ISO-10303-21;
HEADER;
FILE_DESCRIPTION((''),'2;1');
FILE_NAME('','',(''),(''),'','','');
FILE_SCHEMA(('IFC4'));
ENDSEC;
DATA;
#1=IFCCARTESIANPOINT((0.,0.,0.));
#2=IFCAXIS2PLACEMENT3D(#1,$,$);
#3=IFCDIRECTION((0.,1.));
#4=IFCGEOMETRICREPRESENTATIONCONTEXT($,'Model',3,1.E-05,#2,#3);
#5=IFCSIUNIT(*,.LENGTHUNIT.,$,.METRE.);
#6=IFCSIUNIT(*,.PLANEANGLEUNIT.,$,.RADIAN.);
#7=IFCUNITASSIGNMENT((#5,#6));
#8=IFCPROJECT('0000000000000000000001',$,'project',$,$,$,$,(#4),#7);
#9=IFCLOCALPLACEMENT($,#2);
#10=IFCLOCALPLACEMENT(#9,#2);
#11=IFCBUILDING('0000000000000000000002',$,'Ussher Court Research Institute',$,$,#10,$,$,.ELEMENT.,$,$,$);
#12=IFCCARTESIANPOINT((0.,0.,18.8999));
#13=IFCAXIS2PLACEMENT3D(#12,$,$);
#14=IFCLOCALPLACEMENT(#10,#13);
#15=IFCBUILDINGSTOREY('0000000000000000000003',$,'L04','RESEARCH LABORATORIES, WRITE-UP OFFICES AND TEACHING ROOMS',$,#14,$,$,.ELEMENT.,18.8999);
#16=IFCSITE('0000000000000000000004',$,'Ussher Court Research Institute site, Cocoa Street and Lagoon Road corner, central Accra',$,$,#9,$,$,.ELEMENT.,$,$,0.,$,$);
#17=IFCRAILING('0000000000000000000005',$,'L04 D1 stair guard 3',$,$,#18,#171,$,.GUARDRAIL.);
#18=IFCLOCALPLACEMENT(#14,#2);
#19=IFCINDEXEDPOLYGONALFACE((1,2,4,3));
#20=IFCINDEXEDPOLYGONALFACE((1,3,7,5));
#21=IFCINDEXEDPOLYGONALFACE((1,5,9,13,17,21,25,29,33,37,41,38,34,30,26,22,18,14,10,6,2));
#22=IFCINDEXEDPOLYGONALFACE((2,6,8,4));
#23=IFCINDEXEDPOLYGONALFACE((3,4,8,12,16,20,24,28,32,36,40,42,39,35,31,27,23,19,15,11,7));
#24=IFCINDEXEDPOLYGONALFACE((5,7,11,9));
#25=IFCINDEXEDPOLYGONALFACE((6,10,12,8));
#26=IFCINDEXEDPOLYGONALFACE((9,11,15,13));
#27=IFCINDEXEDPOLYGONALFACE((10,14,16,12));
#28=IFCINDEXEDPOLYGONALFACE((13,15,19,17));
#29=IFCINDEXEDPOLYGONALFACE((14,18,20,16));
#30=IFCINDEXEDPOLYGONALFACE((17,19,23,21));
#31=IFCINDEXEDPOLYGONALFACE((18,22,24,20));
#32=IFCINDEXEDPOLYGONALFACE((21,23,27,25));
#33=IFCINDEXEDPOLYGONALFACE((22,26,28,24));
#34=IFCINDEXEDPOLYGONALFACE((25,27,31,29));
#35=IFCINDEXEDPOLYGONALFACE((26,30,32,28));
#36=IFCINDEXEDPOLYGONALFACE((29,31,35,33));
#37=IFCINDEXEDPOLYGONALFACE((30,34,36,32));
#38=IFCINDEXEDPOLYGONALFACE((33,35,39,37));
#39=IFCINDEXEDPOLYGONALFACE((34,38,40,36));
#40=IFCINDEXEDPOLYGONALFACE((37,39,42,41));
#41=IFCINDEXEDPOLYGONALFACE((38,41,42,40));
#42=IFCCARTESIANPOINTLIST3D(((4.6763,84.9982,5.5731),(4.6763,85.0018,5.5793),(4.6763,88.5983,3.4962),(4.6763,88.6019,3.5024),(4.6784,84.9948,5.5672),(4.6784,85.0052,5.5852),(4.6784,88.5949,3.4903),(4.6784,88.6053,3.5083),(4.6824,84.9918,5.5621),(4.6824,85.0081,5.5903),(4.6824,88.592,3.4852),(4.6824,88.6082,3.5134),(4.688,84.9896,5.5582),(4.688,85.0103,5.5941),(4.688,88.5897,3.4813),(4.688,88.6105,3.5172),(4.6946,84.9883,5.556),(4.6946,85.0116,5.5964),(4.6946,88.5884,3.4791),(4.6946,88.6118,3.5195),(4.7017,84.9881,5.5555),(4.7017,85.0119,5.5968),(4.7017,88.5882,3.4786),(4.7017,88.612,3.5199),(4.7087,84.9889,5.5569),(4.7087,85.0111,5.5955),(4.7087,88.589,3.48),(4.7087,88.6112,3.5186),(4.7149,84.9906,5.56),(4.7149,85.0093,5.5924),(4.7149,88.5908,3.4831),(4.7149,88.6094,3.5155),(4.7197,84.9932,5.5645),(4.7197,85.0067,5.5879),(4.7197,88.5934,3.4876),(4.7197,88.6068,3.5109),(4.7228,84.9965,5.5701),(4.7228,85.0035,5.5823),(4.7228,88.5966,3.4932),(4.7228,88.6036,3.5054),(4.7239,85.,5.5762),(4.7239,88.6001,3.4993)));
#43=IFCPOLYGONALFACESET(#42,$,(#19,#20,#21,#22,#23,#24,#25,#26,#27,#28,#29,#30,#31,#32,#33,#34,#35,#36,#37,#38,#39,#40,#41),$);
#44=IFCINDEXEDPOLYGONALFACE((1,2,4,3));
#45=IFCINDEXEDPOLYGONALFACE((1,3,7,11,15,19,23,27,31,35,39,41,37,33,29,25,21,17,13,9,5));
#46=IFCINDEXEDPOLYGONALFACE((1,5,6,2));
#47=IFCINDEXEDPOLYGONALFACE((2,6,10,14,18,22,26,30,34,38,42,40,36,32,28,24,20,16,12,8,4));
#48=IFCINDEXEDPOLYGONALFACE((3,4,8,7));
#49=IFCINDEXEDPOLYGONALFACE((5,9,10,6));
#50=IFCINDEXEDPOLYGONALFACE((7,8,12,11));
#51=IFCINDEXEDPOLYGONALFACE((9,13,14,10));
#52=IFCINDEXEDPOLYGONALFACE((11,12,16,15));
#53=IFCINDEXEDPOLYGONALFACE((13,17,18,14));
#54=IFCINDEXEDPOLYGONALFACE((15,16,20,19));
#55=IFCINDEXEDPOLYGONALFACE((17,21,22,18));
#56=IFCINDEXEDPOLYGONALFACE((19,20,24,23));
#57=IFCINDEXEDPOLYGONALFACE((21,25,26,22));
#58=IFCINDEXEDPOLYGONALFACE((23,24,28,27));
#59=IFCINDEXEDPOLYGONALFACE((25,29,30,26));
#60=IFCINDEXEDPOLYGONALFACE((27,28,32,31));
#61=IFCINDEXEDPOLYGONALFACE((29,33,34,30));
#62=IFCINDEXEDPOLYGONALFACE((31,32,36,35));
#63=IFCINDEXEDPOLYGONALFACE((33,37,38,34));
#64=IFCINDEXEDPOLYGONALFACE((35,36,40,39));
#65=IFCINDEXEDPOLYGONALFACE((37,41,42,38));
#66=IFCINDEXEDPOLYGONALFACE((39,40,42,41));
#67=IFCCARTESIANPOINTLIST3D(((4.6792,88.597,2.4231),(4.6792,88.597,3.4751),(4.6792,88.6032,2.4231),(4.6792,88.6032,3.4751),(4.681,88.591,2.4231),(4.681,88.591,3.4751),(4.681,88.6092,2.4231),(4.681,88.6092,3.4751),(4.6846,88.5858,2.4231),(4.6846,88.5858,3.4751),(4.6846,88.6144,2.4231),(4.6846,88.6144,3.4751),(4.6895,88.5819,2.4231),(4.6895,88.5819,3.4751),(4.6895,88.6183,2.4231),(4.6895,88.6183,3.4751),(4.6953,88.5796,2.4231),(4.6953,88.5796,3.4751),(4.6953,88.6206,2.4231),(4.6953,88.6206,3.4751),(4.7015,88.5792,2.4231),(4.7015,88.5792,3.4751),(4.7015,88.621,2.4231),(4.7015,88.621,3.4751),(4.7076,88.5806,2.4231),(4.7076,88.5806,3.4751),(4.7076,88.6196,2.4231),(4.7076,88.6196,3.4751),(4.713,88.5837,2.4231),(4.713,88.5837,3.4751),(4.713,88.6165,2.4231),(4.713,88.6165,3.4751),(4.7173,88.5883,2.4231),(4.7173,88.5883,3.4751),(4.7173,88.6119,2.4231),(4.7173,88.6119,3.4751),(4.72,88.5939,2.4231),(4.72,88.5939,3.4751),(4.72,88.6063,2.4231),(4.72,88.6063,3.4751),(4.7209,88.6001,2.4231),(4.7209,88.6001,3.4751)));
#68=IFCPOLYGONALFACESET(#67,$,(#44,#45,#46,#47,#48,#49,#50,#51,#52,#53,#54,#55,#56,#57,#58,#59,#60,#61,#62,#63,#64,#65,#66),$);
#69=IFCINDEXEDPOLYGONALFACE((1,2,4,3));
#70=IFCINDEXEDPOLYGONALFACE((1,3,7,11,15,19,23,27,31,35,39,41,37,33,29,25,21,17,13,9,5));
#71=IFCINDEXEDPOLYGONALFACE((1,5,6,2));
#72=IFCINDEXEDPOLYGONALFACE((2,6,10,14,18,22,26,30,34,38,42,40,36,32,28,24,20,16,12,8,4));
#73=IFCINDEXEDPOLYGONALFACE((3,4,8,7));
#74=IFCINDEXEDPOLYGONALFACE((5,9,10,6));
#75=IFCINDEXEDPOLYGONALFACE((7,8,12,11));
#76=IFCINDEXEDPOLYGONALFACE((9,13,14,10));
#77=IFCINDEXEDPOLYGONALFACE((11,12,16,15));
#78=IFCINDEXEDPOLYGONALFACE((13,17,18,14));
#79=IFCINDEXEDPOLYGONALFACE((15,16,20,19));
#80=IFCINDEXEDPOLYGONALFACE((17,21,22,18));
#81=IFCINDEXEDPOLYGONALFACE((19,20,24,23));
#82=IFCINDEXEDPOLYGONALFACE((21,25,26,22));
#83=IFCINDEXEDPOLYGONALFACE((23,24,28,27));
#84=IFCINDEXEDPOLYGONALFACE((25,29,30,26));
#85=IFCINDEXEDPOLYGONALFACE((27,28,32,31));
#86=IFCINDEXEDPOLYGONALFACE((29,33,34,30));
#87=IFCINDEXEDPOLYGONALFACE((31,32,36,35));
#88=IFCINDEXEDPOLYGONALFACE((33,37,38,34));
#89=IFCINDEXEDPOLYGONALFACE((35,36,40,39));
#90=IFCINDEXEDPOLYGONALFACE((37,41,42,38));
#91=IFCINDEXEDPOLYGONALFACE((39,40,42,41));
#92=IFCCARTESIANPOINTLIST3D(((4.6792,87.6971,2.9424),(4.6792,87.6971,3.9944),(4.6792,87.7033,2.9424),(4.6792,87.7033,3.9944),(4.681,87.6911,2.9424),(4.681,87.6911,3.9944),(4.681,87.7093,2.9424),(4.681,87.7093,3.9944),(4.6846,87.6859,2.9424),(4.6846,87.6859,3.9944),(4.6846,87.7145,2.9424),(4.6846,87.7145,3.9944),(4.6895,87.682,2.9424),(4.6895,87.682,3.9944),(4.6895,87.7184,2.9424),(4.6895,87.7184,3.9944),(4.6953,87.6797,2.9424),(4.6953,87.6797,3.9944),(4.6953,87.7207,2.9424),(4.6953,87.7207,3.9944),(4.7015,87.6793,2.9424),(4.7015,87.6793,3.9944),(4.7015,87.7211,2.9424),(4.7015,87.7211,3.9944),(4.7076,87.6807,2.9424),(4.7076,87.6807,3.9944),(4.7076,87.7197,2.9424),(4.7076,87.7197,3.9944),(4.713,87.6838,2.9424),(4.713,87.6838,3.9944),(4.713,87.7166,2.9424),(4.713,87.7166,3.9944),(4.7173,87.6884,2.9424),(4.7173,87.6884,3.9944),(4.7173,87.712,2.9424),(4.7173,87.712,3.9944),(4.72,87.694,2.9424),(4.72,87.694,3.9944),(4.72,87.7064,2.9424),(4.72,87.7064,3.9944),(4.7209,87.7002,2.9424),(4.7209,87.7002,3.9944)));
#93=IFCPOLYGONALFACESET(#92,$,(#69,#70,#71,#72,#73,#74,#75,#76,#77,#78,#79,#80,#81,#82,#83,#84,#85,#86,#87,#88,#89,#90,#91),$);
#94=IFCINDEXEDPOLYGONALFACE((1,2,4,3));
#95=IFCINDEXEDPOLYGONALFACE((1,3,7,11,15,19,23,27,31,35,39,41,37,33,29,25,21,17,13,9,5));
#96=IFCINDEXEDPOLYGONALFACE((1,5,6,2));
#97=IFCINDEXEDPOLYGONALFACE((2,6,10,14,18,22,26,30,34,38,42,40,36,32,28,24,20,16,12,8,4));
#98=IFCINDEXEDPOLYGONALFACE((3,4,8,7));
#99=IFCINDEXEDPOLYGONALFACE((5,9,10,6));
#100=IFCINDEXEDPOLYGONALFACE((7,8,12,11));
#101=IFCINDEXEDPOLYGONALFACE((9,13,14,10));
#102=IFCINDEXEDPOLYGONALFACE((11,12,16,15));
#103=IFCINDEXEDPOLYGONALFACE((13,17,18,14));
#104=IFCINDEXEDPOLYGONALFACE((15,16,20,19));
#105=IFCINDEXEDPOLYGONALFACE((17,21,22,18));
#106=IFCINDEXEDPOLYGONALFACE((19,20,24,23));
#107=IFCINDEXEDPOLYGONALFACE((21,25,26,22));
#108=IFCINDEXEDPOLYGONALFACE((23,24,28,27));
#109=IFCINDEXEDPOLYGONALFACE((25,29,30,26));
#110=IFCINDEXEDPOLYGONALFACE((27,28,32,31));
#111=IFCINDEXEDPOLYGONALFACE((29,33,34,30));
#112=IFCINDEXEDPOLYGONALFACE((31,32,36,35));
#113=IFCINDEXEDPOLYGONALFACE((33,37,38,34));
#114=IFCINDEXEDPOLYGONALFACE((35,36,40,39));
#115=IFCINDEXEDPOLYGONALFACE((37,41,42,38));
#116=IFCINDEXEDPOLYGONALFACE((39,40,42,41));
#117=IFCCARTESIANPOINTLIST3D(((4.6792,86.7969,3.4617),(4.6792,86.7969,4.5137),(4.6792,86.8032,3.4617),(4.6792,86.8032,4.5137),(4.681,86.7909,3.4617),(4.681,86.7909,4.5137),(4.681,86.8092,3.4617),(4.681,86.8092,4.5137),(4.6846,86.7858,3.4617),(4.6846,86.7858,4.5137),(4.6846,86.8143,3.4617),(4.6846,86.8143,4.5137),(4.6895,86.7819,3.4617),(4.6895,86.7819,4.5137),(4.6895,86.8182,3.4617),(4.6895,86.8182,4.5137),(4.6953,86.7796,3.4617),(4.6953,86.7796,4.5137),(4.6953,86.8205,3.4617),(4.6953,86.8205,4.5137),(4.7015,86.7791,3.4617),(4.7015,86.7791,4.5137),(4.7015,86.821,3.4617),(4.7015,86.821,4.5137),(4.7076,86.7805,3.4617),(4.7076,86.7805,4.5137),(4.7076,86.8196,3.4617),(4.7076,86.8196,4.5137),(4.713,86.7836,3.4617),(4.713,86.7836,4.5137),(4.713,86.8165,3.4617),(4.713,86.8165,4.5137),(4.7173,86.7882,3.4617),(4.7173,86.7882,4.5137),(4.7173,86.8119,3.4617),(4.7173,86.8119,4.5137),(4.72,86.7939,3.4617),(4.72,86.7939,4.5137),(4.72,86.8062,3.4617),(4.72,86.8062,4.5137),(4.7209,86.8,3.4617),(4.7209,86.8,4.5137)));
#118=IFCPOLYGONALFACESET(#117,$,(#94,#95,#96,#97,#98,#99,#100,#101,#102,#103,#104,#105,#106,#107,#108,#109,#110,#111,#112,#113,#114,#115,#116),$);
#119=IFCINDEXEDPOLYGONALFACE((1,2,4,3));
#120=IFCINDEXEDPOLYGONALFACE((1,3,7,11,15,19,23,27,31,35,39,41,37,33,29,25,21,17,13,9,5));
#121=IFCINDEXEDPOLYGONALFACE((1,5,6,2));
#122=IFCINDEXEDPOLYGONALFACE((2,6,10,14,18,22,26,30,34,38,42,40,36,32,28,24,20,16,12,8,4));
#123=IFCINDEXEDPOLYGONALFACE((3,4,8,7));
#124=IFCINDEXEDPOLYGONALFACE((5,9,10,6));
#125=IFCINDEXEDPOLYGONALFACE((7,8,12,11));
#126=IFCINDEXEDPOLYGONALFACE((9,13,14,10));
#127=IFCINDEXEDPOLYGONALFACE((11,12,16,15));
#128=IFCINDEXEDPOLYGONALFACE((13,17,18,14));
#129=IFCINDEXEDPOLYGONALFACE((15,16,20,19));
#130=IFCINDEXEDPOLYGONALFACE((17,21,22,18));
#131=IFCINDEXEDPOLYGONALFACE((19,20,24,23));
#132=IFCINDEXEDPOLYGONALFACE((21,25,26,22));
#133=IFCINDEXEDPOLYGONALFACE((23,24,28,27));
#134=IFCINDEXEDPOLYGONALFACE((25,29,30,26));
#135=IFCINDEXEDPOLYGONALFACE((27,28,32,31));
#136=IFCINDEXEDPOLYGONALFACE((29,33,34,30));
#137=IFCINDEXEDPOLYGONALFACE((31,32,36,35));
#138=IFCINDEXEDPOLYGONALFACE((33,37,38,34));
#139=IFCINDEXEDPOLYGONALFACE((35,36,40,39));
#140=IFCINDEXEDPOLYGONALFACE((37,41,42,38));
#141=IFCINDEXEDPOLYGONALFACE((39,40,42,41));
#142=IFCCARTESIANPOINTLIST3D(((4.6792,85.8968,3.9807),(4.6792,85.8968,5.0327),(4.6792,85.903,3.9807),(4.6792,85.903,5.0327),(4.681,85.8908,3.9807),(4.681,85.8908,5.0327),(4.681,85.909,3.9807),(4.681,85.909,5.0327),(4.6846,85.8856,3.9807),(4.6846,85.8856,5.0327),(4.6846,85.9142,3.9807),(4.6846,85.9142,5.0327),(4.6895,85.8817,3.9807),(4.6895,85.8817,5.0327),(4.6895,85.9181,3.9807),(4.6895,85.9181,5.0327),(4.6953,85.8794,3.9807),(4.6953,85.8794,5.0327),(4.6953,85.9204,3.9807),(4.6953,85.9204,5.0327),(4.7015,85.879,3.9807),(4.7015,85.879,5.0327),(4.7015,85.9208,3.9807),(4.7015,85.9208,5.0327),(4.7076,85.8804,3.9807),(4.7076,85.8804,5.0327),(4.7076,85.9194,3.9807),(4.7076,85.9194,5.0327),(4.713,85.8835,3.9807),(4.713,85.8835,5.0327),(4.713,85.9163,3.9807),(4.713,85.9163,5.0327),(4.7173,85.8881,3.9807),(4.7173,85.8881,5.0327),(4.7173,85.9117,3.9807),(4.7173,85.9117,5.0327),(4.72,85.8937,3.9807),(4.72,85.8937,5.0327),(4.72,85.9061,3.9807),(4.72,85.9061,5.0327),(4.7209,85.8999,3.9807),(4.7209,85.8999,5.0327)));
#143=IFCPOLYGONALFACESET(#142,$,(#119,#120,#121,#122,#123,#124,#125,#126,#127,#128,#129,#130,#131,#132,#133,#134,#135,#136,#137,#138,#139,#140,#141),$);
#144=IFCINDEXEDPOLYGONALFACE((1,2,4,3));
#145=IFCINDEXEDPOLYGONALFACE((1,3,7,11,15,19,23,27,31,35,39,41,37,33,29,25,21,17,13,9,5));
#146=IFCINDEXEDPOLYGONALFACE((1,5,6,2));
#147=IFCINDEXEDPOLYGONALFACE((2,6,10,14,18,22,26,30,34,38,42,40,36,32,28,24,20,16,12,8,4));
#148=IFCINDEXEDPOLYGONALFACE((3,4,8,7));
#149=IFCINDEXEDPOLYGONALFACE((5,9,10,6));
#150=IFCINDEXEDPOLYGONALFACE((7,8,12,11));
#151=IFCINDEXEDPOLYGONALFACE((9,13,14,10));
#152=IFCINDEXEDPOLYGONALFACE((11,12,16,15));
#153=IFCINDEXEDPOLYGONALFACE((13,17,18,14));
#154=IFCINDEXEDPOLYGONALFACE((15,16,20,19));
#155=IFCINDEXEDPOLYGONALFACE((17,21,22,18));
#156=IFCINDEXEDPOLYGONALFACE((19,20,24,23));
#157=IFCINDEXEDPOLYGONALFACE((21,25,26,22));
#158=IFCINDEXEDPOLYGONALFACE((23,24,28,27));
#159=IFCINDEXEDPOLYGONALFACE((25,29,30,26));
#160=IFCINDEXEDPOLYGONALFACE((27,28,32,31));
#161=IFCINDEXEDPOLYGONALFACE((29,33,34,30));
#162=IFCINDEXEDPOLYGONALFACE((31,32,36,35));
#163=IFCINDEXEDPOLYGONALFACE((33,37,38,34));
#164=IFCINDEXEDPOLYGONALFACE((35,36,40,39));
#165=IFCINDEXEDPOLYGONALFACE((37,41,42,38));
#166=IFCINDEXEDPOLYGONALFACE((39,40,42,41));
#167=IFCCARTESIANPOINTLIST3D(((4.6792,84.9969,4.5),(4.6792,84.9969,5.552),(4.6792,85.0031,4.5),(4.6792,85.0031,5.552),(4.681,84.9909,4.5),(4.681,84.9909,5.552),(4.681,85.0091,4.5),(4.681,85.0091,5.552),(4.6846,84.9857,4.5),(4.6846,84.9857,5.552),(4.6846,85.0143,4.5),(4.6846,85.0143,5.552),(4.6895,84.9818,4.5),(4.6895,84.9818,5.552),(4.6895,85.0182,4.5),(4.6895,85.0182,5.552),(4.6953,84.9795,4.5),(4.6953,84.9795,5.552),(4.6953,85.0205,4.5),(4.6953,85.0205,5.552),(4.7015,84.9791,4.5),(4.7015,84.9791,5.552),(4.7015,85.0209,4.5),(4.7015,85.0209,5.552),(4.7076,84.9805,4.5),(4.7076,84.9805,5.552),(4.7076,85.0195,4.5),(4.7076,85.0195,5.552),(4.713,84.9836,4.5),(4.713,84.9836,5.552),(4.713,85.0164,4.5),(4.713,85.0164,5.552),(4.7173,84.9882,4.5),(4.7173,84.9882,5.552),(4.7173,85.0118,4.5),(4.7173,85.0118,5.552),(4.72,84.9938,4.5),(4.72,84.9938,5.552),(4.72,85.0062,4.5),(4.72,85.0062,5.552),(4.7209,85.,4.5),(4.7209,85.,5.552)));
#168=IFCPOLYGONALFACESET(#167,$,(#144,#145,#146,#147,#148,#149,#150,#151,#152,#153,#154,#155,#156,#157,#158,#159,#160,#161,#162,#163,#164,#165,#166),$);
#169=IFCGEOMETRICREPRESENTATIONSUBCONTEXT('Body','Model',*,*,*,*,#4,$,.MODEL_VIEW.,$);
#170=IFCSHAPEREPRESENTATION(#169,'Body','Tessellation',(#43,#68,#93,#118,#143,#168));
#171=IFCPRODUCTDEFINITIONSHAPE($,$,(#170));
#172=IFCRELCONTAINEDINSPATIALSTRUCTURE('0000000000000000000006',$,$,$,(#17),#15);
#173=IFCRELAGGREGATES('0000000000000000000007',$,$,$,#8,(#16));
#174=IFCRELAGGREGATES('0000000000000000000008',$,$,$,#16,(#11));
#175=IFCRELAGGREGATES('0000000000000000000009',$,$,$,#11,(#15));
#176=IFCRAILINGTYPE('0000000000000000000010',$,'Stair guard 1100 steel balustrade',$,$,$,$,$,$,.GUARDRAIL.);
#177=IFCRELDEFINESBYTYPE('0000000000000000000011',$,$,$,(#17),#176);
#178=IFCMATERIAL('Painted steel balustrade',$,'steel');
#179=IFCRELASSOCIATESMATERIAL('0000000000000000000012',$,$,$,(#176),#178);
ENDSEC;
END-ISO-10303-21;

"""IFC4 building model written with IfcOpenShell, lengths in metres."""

from ifc_helpers import new_model, si_unit, direction, frame, origin, origin_2d, place, context, subcontext, project, spatial, circle, extrude, material, type_object, element, save


model = new_model("IFC4")

# Units and contexts
model_context = context("Model", 3, precision=1e-05, world=origin(), true_north=direction((0.0, 1.0)))
body_context = subcontext(model_context, "Body", "Model", "MODEL_VIEW")
ifc_project = project(units=[si_unit("LENGTHUNIT", "METRE"), si_unit("PLANEANGLEUNIT", "RADIAN")], contexts=[model_context])

# Site, building, storey
site_placement = place(None, origin())
site = spatial("IfcSite", under=ifc_project, at=site_placement, Name="Ussher Court Research Institute site, Cocoa Street and Lagoon Road corner, central Accra", CompositionType="ELEMENT", RefElevation=0.0)
building_placement = place(site_placement, origin())
building = spatial("IfcBuilding", under=site, at=building_placement, Name="Ussher Court Research Institute", CompositionType="ELEMENT")
storey_placement = place(building_placement, frame((0.0, 0.0, 18.8999)))
storey = spatial("IfcBuildingStorey", under=building, at=storey_placement, Name="L04", Description="RESEARCH LABORATORIES, WRITE-UP OFFICES AND TEACHING ROOMS", CompositionType="ELEMENT", Elevation=18.8999)

# Railing
ifc_material_1 = material(Name="Painted steel balustrade", Category="steel")
railing_type_1 = type_object("IfcRailingType", Name="Stair guard 1100 steel balustrade", PredefinedType="GUARDRAIL", material=ifc_material_1)
railing_1_placement = place(storey_placement, frame((4.7, 88.6001, 2.4231)))
element("IfcRailing", 1, at=railing_1_placement, inside=storey, type_object=railing_type_1, Name="L04 D1 stair guard 3", PredefinedType="GUARDRAIL", context=body_context, shape_type="SweptSolid", body=[
    extrude(circle(Radius=0.0239, at=origin_2d()), frame((0.0, 0.0, 1.0762), z_axis=(0.0, -0.866193, 0.499709), x_axis=(1.0, 0.0, 0.0)), (0.0, 0.0, 1.0), 4.1562),
    extrude(circle(Radius=0.021, at=origin_2d()), origin(), (0.0, 0.0, 1.0), 1.052),
    extrude(circle(Radius=0.021, at=origin_2d()), frame((0.0, -0.8999, 0.5193)), (0.0, 0.0, 1.0), 1.052),
    extrude(circle(Radius=0.021, at=origin_2d()), frame((0.0, -1.8, 1.0386)), (0.0, 0.0, 1.0), 1.052),
    extrude(circle(Radius=0.021, at=origin_2d()), frame((0.0, -2.7002, 1.5576)), (0.0, 0.0, 1.0), 1.052),
    extrude(circle(Radius=0.021, at=origin_2d()), frame((0.0, -3.6001, 2.0769)), (0.0, 0.0, 1.0), 1.052),
])

save(model, "model.ifc")
